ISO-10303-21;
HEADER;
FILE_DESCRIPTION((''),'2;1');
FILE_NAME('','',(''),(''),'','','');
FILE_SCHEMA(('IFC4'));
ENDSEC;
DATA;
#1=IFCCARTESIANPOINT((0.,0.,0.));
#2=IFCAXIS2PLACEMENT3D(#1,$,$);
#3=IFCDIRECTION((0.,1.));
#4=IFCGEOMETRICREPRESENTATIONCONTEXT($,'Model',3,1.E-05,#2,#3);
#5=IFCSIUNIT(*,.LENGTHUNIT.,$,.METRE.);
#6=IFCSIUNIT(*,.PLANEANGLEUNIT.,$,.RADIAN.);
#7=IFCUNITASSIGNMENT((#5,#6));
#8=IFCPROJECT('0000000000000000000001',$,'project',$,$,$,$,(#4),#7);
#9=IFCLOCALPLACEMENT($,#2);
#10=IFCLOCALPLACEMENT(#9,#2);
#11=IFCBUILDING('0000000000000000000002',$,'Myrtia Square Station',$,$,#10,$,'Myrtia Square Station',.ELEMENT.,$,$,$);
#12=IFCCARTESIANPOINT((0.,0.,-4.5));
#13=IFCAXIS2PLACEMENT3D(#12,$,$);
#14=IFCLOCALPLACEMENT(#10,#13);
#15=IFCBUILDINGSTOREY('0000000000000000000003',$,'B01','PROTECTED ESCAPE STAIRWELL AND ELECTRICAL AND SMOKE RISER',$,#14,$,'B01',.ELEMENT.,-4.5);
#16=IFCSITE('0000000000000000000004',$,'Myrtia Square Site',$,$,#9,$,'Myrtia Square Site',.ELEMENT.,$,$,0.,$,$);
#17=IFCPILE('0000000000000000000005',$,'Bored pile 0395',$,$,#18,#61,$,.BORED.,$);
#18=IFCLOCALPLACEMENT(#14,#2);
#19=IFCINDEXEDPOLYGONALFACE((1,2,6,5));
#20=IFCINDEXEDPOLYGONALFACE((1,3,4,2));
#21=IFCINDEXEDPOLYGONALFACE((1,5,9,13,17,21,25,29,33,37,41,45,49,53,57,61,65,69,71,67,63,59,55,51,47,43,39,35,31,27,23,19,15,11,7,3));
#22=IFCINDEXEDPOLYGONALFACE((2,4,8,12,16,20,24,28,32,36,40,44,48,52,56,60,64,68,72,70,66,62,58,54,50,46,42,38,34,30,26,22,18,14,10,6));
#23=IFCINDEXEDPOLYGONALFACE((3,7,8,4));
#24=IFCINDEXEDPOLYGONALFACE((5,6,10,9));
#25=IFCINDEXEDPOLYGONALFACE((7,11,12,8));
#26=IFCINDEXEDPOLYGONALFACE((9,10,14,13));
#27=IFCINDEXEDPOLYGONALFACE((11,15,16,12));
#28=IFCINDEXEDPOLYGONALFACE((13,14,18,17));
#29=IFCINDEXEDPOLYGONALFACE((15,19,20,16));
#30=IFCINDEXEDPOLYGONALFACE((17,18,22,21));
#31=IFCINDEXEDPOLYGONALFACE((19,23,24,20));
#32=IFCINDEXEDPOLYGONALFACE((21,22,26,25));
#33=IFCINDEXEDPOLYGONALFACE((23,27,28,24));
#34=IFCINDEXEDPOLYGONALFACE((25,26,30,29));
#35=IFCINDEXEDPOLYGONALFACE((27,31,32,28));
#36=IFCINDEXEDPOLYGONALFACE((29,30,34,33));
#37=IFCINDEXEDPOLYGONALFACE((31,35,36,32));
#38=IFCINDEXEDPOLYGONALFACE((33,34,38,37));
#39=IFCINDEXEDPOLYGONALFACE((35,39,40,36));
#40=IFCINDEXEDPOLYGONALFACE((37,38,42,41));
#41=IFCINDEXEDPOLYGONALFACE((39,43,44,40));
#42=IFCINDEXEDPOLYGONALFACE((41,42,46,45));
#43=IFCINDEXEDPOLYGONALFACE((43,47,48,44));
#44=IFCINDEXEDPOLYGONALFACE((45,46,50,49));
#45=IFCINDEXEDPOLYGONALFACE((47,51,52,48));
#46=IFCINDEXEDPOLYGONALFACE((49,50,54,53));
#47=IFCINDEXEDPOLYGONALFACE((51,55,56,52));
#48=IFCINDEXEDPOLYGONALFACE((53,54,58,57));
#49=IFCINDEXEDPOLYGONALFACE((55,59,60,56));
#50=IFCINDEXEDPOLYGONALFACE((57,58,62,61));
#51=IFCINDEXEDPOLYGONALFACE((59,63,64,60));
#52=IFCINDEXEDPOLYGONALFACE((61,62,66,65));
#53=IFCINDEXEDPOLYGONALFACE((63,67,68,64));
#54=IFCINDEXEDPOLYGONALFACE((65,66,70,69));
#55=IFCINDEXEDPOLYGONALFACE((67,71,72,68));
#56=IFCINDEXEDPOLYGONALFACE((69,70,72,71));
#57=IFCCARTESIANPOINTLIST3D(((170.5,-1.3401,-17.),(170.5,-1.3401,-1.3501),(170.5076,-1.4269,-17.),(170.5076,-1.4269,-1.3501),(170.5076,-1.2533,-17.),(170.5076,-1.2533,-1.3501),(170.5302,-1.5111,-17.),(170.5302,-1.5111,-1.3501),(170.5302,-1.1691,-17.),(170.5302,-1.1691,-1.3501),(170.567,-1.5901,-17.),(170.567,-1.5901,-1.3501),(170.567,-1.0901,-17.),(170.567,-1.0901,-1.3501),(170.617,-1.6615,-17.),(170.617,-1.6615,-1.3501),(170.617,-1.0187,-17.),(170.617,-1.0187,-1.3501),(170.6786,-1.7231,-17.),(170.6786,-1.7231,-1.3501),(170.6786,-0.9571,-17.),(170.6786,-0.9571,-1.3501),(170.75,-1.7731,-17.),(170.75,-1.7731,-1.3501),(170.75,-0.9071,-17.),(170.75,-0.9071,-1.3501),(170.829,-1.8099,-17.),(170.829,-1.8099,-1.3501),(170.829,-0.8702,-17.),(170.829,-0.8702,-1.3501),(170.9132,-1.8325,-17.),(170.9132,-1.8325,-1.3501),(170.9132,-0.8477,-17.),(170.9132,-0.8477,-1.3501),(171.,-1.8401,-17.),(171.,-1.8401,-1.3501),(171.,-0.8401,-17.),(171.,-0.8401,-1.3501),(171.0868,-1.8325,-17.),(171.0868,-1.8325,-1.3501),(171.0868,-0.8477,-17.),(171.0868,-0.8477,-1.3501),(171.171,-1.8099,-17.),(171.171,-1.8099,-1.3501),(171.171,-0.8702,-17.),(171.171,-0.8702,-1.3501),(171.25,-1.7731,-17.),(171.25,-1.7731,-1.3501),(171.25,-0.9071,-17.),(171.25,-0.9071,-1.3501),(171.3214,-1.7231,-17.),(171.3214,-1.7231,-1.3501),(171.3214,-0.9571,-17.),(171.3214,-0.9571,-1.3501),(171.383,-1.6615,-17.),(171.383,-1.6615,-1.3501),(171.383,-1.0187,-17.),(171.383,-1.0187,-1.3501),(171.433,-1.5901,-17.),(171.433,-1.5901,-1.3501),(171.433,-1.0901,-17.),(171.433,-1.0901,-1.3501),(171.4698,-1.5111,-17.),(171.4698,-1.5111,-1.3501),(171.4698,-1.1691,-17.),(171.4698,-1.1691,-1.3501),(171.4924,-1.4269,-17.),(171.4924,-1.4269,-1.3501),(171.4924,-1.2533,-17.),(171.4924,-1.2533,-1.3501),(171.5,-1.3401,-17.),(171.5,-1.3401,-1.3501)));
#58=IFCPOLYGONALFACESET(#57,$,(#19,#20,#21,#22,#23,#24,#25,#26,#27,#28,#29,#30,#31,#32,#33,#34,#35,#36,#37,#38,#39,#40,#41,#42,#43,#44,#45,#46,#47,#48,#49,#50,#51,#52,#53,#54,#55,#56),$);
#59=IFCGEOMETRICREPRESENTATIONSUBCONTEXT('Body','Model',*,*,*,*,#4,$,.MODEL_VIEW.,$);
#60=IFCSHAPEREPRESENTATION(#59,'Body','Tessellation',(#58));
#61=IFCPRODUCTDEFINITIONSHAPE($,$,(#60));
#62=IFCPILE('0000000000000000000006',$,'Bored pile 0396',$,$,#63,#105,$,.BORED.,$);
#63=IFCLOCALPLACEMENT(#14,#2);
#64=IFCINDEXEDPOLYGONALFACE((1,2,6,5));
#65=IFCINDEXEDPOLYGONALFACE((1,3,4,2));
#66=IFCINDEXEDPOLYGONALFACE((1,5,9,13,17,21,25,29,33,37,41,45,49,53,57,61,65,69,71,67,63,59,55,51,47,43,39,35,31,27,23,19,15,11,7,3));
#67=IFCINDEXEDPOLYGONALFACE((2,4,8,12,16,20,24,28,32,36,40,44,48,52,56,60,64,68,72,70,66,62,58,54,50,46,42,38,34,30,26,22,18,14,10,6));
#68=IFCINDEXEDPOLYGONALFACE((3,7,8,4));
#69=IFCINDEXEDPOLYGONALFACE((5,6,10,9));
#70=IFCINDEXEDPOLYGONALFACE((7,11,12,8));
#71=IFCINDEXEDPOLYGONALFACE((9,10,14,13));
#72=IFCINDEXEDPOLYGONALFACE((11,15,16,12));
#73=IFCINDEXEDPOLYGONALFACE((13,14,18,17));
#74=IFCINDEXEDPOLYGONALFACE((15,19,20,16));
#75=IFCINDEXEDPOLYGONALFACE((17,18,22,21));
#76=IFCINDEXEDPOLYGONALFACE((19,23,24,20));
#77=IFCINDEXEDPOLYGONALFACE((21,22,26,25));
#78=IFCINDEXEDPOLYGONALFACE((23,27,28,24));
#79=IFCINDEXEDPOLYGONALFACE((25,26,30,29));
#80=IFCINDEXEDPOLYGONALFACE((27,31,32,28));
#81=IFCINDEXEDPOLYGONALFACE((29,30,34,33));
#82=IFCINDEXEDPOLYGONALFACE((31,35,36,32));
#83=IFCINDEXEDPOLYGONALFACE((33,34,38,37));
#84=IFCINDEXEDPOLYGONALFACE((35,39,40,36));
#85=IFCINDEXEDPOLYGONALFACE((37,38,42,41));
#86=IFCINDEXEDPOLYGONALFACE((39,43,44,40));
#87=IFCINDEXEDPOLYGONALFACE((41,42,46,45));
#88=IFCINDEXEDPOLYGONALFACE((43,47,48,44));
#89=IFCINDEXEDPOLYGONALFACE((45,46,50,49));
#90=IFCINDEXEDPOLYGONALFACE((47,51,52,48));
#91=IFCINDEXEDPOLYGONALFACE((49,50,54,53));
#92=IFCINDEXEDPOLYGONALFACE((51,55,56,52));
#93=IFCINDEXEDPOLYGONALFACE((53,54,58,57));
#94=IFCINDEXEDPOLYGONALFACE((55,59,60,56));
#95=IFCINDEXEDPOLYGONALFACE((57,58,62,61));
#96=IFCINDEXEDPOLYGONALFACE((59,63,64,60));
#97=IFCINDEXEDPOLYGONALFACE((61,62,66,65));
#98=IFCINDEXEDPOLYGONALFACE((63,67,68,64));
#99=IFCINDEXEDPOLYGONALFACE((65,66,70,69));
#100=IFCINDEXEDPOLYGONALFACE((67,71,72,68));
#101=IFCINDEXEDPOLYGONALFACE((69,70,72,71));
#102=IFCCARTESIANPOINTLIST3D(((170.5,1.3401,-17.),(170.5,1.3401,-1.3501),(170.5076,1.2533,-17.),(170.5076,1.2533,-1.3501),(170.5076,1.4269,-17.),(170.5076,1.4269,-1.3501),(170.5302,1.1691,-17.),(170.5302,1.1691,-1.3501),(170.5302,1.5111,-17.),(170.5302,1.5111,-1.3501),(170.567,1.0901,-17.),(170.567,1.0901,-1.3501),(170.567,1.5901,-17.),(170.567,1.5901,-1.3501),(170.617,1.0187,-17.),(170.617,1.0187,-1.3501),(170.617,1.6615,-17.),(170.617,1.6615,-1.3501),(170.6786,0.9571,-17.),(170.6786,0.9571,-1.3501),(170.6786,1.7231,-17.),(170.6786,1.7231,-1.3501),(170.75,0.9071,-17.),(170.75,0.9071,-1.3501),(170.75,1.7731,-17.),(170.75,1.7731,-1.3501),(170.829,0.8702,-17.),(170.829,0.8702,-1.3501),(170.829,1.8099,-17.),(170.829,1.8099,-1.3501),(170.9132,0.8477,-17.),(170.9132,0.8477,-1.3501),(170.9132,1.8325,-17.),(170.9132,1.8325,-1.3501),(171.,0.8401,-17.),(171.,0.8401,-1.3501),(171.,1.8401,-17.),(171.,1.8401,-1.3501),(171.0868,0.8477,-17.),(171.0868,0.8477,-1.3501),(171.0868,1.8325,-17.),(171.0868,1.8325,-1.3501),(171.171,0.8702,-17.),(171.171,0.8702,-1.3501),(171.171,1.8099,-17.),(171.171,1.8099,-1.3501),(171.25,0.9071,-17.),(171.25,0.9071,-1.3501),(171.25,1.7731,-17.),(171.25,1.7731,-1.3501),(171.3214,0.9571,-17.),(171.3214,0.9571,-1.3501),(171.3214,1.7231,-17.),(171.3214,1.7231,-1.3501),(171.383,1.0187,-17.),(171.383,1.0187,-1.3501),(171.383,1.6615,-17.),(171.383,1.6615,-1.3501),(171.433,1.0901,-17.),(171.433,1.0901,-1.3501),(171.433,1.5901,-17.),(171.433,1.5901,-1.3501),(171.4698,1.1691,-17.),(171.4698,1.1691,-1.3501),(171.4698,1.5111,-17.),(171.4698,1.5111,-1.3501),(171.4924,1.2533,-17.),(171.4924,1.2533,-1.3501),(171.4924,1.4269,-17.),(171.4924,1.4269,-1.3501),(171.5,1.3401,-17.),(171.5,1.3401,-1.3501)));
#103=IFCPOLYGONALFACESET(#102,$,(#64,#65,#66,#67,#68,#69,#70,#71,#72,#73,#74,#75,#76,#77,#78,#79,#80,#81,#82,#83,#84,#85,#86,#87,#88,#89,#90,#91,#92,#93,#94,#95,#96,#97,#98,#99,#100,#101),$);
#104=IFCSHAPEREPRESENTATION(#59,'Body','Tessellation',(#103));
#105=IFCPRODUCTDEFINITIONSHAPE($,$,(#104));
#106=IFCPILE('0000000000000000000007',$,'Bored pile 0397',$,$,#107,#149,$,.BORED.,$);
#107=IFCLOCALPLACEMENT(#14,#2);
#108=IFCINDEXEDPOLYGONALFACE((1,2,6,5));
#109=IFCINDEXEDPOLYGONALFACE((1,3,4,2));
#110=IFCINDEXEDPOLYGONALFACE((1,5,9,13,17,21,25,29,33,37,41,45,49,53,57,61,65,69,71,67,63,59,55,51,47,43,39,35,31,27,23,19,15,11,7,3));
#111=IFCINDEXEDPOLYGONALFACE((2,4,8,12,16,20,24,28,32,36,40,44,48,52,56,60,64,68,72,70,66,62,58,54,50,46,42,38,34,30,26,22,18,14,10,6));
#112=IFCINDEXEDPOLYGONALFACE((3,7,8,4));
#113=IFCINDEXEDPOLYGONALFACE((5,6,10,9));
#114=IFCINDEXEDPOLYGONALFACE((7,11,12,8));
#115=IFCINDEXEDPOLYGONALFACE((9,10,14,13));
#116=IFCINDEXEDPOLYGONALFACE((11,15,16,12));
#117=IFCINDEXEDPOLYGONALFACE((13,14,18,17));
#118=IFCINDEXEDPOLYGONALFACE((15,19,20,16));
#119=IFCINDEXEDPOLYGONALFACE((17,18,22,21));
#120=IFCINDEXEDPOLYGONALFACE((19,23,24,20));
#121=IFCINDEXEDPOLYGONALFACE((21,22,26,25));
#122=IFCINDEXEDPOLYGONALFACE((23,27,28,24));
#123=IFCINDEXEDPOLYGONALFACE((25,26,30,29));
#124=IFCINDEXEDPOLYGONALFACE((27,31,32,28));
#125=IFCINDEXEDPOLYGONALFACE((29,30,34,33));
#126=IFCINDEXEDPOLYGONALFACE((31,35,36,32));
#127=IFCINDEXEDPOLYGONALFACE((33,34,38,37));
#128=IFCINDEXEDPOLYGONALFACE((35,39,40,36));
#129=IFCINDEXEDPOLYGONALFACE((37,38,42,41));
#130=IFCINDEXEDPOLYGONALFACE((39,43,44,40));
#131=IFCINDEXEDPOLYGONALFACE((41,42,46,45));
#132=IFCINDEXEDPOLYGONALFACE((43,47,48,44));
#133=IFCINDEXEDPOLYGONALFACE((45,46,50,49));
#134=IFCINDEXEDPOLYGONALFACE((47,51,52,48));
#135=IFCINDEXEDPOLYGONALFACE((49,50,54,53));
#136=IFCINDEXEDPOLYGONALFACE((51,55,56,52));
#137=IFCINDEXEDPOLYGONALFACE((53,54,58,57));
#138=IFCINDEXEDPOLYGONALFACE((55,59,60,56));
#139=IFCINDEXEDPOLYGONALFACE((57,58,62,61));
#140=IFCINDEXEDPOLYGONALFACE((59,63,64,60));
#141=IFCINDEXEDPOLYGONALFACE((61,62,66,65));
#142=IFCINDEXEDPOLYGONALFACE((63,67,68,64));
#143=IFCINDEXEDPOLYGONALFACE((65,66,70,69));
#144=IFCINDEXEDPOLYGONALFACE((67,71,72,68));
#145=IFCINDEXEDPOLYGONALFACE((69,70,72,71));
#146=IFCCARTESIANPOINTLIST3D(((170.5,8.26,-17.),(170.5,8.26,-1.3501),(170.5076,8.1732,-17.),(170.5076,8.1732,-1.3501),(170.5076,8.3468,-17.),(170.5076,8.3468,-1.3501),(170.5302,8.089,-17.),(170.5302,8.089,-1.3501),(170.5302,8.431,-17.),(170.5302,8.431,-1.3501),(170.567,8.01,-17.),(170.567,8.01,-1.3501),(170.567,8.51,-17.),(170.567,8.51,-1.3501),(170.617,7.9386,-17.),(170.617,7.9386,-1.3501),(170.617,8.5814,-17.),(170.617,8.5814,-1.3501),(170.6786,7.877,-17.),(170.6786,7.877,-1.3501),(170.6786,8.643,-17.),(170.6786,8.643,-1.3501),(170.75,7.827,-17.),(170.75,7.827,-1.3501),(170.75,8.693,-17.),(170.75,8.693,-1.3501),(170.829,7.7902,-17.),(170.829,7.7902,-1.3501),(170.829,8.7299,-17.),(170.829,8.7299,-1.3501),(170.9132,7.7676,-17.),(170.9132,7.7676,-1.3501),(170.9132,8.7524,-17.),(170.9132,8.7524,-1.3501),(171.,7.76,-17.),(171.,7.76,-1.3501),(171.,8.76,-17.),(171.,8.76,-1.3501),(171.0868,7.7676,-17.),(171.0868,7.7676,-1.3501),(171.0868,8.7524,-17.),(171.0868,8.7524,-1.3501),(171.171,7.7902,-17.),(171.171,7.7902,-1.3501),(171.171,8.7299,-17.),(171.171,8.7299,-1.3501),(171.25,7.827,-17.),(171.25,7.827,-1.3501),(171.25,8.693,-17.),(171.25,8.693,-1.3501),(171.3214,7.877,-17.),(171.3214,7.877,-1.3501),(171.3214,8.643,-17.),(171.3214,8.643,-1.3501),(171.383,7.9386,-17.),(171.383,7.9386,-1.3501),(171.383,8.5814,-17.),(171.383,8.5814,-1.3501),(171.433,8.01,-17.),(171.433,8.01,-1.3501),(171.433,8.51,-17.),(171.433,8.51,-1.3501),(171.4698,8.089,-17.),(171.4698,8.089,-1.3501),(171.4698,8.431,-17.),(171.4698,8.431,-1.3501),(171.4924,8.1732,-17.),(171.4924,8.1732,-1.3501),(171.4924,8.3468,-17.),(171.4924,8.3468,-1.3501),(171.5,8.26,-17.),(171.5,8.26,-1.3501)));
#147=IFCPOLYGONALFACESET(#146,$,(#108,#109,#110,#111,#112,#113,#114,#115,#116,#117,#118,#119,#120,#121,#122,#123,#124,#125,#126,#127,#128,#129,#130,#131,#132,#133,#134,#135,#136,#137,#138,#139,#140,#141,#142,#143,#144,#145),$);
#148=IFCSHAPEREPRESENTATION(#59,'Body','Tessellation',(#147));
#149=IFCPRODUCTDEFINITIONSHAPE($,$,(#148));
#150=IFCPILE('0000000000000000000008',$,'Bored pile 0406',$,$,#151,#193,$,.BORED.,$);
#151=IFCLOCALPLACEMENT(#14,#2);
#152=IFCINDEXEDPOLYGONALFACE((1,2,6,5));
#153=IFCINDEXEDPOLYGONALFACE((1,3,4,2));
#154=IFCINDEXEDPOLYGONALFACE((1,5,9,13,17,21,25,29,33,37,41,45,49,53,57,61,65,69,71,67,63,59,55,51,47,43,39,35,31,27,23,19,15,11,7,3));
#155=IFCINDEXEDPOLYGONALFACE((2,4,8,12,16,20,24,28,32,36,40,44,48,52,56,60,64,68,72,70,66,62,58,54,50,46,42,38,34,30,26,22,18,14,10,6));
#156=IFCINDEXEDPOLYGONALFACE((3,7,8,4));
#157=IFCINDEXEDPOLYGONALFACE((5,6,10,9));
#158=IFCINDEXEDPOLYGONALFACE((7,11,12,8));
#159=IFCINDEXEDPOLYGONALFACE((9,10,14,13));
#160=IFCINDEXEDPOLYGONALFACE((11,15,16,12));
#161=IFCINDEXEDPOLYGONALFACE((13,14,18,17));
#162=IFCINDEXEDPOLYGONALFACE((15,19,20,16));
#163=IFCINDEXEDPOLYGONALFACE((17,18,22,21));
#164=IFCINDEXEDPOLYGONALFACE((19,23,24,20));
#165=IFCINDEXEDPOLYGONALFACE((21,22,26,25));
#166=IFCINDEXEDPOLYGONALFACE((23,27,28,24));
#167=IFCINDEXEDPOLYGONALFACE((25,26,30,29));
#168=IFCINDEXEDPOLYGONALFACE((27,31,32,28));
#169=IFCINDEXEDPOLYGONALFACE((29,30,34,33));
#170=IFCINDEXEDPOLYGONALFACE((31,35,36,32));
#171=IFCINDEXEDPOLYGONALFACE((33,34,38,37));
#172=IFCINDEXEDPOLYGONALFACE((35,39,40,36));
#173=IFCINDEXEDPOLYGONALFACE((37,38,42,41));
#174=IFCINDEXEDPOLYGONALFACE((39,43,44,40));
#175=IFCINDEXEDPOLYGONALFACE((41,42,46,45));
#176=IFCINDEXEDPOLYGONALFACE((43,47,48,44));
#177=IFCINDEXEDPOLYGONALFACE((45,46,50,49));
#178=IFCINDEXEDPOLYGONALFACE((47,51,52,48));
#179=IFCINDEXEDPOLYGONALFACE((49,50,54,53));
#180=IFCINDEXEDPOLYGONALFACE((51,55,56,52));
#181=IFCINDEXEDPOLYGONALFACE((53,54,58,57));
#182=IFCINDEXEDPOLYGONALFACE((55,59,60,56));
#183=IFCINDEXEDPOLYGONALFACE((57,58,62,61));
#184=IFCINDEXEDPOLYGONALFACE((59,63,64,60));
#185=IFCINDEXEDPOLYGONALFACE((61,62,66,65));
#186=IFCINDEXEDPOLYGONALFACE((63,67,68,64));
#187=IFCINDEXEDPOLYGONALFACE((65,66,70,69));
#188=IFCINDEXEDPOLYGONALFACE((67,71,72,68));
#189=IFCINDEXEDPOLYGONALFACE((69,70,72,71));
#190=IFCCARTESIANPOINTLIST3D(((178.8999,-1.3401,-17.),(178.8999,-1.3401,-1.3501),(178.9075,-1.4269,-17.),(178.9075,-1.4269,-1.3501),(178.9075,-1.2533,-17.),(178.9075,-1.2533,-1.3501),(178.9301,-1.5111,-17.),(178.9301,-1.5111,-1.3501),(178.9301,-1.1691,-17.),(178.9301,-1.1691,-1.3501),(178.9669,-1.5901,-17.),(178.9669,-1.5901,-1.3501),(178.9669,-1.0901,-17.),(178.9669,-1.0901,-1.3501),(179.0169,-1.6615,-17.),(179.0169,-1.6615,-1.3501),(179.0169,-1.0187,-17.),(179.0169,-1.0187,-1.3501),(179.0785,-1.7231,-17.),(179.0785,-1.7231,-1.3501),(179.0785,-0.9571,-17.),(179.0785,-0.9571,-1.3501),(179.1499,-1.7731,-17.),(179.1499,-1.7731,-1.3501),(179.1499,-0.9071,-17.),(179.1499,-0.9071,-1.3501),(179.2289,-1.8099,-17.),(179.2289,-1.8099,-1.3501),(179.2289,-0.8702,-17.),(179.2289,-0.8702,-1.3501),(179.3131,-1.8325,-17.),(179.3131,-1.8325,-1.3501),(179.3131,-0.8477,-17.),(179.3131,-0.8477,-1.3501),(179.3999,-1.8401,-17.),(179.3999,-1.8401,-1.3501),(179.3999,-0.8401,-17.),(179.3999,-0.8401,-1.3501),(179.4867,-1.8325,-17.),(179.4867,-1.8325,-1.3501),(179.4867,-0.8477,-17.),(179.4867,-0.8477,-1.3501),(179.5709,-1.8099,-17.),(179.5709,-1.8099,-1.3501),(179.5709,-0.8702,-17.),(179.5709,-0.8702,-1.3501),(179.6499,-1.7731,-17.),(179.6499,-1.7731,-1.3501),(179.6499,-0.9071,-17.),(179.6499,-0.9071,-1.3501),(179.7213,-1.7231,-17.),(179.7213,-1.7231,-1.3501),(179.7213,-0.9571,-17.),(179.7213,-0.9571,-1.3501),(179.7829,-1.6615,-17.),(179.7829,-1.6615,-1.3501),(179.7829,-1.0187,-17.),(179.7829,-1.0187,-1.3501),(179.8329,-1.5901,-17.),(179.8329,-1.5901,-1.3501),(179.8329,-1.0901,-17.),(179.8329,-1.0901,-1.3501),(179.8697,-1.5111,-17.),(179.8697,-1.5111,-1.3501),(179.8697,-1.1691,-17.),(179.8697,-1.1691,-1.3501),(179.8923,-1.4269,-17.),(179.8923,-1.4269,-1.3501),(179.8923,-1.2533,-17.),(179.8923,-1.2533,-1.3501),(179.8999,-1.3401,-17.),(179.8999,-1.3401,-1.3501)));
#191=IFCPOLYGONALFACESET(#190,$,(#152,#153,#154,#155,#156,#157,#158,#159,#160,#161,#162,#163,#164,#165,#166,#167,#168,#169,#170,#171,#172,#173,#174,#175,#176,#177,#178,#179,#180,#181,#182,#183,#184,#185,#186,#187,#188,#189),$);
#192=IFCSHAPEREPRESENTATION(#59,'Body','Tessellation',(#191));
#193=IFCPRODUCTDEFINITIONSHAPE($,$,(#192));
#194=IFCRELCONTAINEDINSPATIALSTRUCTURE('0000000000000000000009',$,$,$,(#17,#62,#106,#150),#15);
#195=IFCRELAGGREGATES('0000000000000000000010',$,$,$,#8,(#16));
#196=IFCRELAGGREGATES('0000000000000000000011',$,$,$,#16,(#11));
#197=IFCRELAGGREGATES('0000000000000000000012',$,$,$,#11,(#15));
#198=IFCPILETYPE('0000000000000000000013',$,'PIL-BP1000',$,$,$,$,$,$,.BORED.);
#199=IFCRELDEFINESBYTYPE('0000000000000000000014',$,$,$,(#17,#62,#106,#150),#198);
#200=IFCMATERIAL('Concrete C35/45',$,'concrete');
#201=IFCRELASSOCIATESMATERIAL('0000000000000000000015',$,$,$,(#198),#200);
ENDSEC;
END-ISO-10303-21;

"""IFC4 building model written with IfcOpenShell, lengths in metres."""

from ifc_helpers import new_model, si_unit, direction, frame, origin, origin_2d, place, context, subcontext, project, spatial, circle, extrude, material, material_profile, profile_set, type_object, element, save


model = new_model("IFC4")

# Units and contexts
model_context = context("Model", 3, precision=1e-05, world=origin(), true_north=direction((0.0, 1.0)))
body_context = subcontext(model_context, "Body", "Model", "MODEL_VIEW")
ifc_project = project(units=[si_unit("LENGTHUNIT", "METRE"), si_unit("PLANEANGLEUNIT", "RADIAN")], contexts=[model_context])

# Site, building, storey
site_placement = place(None, origin())
site = spatial("IfcSite", under=ifc_project, at=site_placement, Name="Myrtia Square Site", LongName="Myrtia Square Site", CompositionType="ELEMENT", RefElevation=0.0)
building_placement = place(site_placement, origin())
building = spatial("IfcBuilding", under=site, at=building_placement, Name="Myrtia Square Station", LongName="Myrtia Square Station", CompositionType="ELEMENT")
storey_placement = place(building_placement, frame((0.0, 0.0, -4.5)))
storey = spatial("IfcBuildingStorey", under=building, at=storey_placement, Name="B01", Description="PROTECTED ESCAPE STAIRWELL AND ELECTRICAL AND SMOKE RISER", LongName="B01", CompositionType="ELEMENT", Elevation=-4.5)

# Shared definitions
ifc_material_1 = material(Name="Concrete C35/45", Category="concrete")

# Piles
ifc_material_profile_1 = material_profile(ifc_material_1, circle(Radius=0.5, at=origin_2d()), Name="BP D1000")
ifc_profile_set_1 = profile_set([ifc_material_profile_1], Name="Concrete C35/45")
pile_type = type_object("IfcPileType", Name="PIL-BP1000", PredefinedType="BORED", material=ifc_profile_set_1)
for number, where, z_axis, x_axis, name in (
    (1, (171.0, -1.3401, -1.3501), (0.0, 0.0, -1.0), (1.0, 0.0, 0.0), "Bored pile 0395"),
    (2, (171.0, 1.3401, -1.3501), (0.0, 0.0, -1.0), (1.0, 0.0, 0.0), "Bored pile 0396"),
    (3, (171.0, 8.26, -1.3501), (0.0, 0.0, -1.0), (1.0, 0.0, 0.0), "Bored pile 0397"),
    (4, (179.3999, -1.3401, -1.3501), (0.0, 0.0, -1.0), (1.0, 0.0, 0.0), "Bored pile 0406"),
):
    element("IfcPile", number, at=place(storey_placement, frame(where, z_axis=z_axis, x_axis=x_axis)), inside=storey, type_object=pile_type, Name=name, PredefinedType="BORED", context=body_context, shape_type="SweptSolid", body=[
        extrude(circle(Radius=0.5, at=origin_2d()), origin(), (0.0, 0.0, 1.0), 15.6499),
    ])

save(model, "model.ifc")
